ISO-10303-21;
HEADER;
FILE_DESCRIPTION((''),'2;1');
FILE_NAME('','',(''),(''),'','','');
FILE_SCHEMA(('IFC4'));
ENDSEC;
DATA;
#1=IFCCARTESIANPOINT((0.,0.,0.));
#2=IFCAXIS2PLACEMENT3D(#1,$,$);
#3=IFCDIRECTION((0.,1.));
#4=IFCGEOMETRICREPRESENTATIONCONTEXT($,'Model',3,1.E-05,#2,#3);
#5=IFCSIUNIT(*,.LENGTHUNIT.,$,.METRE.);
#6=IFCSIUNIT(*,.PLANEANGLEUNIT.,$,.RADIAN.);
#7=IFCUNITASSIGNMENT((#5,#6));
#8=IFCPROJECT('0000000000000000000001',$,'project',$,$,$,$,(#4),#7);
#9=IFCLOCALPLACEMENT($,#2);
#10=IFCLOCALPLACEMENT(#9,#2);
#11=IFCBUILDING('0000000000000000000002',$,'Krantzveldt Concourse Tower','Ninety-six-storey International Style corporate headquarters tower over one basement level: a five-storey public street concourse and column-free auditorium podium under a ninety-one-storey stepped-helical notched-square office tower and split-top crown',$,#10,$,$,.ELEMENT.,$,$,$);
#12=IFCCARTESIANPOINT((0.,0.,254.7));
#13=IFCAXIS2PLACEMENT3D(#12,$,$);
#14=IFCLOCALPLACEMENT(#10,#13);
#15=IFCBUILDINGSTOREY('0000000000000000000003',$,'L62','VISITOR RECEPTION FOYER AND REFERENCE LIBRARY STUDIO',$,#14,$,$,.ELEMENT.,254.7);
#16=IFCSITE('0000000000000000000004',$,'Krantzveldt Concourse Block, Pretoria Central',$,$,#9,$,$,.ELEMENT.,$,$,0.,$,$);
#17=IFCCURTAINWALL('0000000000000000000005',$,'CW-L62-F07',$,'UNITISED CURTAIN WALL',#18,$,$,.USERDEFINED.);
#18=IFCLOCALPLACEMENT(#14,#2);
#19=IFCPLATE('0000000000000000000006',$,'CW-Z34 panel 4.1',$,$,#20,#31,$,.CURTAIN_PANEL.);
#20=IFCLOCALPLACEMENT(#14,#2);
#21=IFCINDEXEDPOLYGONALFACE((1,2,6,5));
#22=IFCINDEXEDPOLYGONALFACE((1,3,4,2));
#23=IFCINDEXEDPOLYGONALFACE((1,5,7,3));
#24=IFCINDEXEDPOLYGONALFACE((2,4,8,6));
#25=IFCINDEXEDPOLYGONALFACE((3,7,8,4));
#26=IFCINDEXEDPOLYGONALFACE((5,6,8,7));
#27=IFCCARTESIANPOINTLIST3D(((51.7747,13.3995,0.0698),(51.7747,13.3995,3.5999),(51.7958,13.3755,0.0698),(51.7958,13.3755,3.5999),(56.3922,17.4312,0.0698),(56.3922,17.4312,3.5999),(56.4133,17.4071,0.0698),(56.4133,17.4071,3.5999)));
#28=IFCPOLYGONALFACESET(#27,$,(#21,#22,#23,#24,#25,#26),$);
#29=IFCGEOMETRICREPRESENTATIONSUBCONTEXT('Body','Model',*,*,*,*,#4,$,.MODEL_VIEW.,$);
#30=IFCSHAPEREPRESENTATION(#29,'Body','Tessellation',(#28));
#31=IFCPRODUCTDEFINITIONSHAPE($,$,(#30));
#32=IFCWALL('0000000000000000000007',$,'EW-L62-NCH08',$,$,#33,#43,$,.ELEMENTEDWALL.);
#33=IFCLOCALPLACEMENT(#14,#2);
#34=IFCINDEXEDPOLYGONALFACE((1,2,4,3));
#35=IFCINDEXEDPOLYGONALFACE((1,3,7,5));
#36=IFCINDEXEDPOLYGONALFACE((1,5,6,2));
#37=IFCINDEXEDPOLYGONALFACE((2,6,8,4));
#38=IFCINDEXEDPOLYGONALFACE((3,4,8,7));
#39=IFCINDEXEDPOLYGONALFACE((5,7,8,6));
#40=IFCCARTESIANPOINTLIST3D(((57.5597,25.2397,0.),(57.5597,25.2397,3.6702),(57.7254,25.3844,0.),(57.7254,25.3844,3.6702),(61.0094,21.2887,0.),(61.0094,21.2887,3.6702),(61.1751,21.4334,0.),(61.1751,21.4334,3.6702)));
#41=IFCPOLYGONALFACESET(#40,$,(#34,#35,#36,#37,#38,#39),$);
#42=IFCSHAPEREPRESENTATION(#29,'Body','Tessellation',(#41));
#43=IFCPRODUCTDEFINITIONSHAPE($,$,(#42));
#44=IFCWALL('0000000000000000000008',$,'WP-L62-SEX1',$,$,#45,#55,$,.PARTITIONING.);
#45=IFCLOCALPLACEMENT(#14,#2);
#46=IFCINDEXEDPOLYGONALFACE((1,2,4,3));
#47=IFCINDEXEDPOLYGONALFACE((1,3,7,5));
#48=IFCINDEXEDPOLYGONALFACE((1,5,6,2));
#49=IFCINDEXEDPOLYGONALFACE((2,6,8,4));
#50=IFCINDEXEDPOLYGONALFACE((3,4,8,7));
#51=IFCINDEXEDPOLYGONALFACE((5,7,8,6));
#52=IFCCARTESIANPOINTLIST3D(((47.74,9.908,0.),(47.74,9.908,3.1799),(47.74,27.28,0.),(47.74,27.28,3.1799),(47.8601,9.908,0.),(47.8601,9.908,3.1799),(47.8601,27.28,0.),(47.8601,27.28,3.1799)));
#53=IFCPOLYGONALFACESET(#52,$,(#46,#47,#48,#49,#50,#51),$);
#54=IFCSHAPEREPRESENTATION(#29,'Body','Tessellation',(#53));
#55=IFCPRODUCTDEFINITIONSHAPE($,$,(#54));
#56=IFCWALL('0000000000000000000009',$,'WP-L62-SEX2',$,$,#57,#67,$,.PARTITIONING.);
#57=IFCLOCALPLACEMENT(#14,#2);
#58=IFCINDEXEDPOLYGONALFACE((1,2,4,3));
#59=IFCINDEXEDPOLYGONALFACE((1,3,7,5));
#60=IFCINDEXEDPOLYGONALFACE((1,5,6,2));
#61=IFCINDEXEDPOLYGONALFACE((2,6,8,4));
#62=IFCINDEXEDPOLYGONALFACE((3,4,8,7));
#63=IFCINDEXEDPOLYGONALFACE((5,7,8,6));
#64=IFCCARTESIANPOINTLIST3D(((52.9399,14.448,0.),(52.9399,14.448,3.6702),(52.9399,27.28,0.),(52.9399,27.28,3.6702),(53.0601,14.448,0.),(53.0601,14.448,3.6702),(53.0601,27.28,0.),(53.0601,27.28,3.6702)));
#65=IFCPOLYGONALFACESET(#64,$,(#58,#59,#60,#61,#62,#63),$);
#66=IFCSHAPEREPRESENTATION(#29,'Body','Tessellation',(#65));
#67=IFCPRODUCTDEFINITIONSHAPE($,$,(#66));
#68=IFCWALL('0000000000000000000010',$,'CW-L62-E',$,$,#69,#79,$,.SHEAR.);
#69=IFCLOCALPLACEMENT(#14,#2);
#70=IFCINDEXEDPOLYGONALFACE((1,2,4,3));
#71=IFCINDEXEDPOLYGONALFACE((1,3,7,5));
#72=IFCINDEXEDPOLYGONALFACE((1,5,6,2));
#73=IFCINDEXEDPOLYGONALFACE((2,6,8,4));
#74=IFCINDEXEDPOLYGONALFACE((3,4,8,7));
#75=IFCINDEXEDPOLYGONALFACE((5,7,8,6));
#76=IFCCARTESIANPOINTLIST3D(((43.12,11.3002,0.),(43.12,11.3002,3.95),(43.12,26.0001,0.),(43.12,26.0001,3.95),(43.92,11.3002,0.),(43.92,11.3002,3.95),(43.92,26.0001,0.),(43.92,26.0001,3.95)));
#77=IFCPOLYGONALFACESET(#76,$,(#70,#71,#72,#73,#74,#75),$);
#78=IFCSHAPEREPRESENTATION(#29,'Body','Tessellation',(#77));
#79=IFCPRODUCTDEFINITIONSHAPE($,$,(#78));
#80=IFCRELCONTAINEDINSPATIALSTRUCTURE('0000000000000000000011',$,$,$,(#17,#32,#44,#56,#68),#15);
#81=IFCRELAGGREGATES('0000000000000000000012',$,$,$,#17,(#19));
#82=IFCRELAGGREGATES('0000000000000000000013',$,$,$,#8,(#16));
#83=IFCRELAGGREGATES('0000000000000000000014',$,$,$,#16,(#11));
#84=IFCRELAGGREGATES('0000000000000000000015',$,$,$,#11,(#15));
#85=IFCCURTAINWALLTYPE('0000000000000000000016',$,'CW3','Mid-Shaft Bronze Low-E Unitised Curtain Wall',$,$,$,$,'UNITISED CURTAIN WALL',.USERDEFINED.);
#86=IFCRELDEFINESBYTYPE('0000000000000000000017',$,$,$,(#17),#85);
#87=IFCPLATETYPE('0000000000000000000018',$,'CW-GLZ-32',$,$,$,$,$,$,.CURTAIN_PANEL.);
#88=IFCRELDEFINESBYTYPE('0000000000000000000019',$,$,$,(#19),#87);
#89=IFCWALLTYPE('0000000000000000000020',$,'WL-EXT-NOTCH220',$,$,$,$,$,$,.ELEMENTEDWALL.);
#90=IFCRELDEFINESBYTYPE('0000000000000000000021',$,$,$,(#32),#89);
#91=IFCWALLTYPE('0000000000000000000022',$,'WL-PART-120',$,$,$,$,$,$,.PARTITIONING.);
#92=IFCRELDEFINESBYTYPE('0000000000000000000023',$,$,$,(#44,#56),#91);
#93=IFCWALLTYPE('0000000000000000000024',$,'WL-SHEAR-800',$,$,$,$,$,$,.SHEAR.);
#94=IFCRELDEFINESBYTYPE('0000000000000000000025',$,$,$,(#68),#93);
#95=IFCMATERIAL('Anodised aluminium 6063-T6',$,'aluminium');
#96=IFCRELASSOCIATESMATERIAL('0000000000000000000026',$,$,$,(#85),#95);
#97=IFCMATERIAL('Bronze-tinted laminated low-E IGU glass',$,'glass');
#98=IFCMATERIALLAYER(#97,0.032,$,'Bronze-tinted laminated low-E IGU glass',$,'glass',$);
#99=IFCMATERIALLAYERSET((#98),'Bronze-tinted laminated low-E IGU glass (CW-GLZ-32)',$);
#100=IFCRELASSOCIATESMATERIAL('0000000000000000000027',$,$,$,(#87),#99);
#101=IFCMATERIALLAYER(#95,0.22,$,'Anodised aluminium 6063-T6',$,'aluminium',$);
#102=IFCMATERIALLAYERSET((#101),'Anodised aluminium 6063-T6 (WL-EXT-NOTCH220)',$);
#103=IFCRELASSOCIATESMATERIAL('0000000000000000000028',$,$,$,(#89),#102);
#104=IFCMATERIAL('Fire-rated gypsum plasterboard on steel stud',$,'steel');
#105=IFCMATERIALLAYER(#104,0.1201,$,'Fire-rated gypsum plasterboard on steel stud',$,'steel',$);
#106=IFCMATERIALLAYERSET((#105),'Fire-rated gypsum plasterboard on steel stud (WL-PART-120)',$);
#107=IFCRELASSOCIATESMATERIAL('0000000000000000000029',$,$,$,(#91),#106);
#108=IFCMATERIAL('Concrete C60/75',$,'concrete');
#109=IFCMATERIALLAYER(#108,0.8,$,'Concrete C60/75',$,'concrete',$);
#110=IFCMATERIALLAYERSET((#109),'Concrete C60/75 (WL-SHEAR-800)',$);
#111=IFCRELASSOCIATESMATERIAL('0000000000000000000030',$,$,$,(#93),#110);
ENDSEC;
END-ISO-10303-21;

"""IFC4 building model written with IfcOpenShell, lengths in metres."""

from ifc_helpers import new_model, si_unit, direction, frame, frame_2d, origin, origin_2d, place, context, subcontext, project, spatial, rectangle, extrude, source, transform, mapped, material, layer, layer_set, type_object, element, aggregate, save


model = new_model("IFC4")

# Units and contexts
model_context = context("Model", 3, precision=1e-05, world=origin(), true_north=direction((0.0, 1.0)))
body_context = subcontext(model_context, "Body", "Model", "MODEL_VIEW")
ifc_project = project(units=[si_unit("LENGTHUNIT", "METRE"), si_unit("PLANEANGLEUNIT", "RADIAN")], contexts=[model_context])

# Site, building, storey
site_placement = place(None, origin())
site = spatial("IfcSite", under=ifc_project, at=site_placement, Name="Krantzveldt Concourse Block, Pretoria Central", CompositionType="ELEMENT", RefElevation=0.0)
building_placement = place(site_placement, origin())
building = spatial("IfcBuilding", under=site, at=building_placement, Name="Krantzveldt Concourse Tower", Description="Ninety-six-storey International Style corporate headquarters tower over one basement level: a five-storey public street concourse and column-free auditorium podium under a ninety-one-storey stepped-helical notched-square office tower and split-top crown", CompositionType="ELEMENT")
storey_placement = place(building_placement, frame((0.0, 0.0, 254.7)))
storey = spatial("IfcBuildingStorey", under=building, at=storey_placement, Name="L62", Description="VISITOR RECEPTION FOYER AND REFERENCE LIBRARY STUDIO", CompositionType="ELEMENT", Elevation=254.7)

# Curtain wall, plate
ifc_material_1 = material(Name="Anodised aluminium 6063-T6", Category="aluminium")
curtain_wall_type = type_object("IfcCurtainWallType", Name="CW3", Description="Mid-Shaft Bronze Low-E Unitised Curtain Wall", ElementType="UNITISED CURTAIN WALL", PredefinedType="USERDEFINED", material=ifc_material_1)
curtain_wall_placement = place(storey_placement, origin())
curtain_wall = element("IfcCurtainWall", 1, at=curtain_wall_placement, inside=storey, type_object=curtain_wall_type, Name="CW-L62-F07", ObjectType="UNITISED CURTAIN WALL", PredefinedType="USERDEFINED")
ifc_material_2 = material(Name="Bronze-tinted laminated low-E IGU glass", Category="glass")
ifc_layer_1 = layer(ifc_material_2, 0.032, Name="Bronze-tinted laminated low-E IGU glass", Category="glass")
ifc_layer_set_1 = layer_set([ifc_layer_1], Name="Bronze-tinted laminated low-E IGU glass (CW-GLZ-32)")
plate_type = type_object("IfcPlateType", Name="CW-GLZ-32", PredefinedType="CURTAIN_PANEL", material=ifc_layer_set_1)
shared_shape_1 = source(origin(), body_context, "Body", "SweptSolid", [
    extrude(rectangle(XDim=6.1299, YDim=0.032, at=origin_2d()), origin(), (0.0, 0.0, 1.0), 3.53),
])
plate_1_placement = place(storey_placement, frame((54.094, 15.4033, 0.0698), z_axis=(0.0, 0.0, 1.0), x_axis=(0.753277, 0.657704, 0.0)))
plate_1 = element("IfcPlate", 2, at=plate_1_placement, type_object=plate_type, Name="CW-Z34 panel 4.1", PredefinedType="CURTAIN_PANEL", context=body_context, shape_type="MappedRepresentation", body=[
    mapped(shared_shape_1, transform((0.0, 0.0, 0.0), x_axis=(1.0, 0.0, 0.0), y_axis=(0.0, 1.0, 0.0), z_axis=(0.0, 0.0, 1.0), scale=1.0)),
])
aggregate(curtain_wall, [plate_1])

# Walls
ifc_layer_2 = layer(ifc_material_1, 0.22, Name="Anodised aluminium 6063-T6", Category="aluminium")
ifc_layer_set_2 = layer_set([ifc_layer_2], Name="Anodised aluminium 6063-T6 (WL-EXT-NOTCH220)")
wall_type_1 = type_object("IfcWallType", Name="WL-EXT-NOTCH220", PredefinedType="ELEMENTEDWALL", material=ifc_layer_set_2)
wall_1_placement = place(storey_placement, frame((61.0923, 21.3611, 0.0), z_axis=(0.0, 0.0, 1.0), x_axis=(-0.65771, 0.753271, 0.0)))
element("IfcWall", 3, at=wall_1_placement, inside=storey, type_object=wall_type_1, Name="EW-L62-NCH08", PredefinedType="ELEMENTEDWALL", context=body_context, shape_type="SweptSolid", body=[
    extrude(rectangle(XDim=5.2451, YDim=0.22, at=frame_2d((2.6226, 0.0))), origin(), (0.0, 0.0, 1.0), 3.6702),
])
ifc_material_3 = material(Name="Fire-rated gypsum plasterboard on steel stud", Category="steel")
ifc_layer_3 = layer(ifc_material_3, 0.1201, Name="Fire-rated gypsum plasterboard on steel stud", Category="steel")
ifc_layer_set_3 = layer_set([ifc_layer_3], Name="Fire-rated gypsum plasterboard on steel stud (WL-PART-120)")
wall_type_2 = type_object("IfcWallType", Name="WL-PART-120", PredefinedType="PARTITIONING", material=ifc_layer_set_3)
wall_2_placement = place(storey_placement, frame((47.8, 9.908, 0.0), z_axis=(0.0, 0.0, 1.0), x_axis=(0.0, 1.0, 0.0)))
element("IfcWall", 4, at=wall_2_placement, inside=storey, type_object=wall_type_2, Name="WP-L62-SEX1", PredefinedType="PARTITIONING", context=body_context, shape_type="SweptSolid", body=[
    extrude(rectangle(XDim=17.3721, YDim=0.1201, at=frame_2d((8.686, 0.0))), origin(), (0.0, 0.0, 1.0), 3.1799),
])
wall_3_placement = place(storey_placement, frame((53.0, 14.448, 0.0), z_axis=(0.0, 0.0, 1.0), x_axis=(0.0, 1.0, 0.0)))
element("IfcWall", 5, at=wall_3_placement, inside=storey, type_object=wall_type_2, Name="WP-L62-SEX2", PredefinedType="PARTITIONING", context=body_context, shape_type="SweptSolid", body=[
    extrude(rectangle(XDim=12.832, YDim=0.1201, at=frame_2d((6.416, 0.0))), origin(), (0.0, 0.0, 1.0), 3.6702),
])
ifc_material_4 = material(Name="Concrete C60/75", Category="concrete")
ifc_layer_4 = layer(ifc_material_4, 0.8, Name="Concrete C60/75", Category="concrete")
ifc_layer_set_4 = layer_set([ifc_layer_4], Name="Concrete C60/75 (WL-SHEAR-800)")
wall_type_3 = type_object("IfcWallType", Name="WL-SHEAR-800", PredefinedType="SHEAR", material=ifc_layer_set_4)
wall_4_placement = place(storey_placement, frame((43.52, 11.3, 0.0), z_axis=(0.0, 0.0, 1.0), x_axis=(0.0, 1.0, 0.0)))
element("IfcWall", 6, at=wall_4_placement, inside=storey, type_object=wall_type_3, Name="CW-L62-E", PredefinedType="SHEAR", context=body_context, shape_type="SweptSolid", body=[
    extrude(rectangle(XDim=14.7, YDim=0.8, at=frame_2d((7.3501, 0.0))), origin(), (0.0, 0.0, 1.0), 3.95),
])

save(model, "model.ifc")
